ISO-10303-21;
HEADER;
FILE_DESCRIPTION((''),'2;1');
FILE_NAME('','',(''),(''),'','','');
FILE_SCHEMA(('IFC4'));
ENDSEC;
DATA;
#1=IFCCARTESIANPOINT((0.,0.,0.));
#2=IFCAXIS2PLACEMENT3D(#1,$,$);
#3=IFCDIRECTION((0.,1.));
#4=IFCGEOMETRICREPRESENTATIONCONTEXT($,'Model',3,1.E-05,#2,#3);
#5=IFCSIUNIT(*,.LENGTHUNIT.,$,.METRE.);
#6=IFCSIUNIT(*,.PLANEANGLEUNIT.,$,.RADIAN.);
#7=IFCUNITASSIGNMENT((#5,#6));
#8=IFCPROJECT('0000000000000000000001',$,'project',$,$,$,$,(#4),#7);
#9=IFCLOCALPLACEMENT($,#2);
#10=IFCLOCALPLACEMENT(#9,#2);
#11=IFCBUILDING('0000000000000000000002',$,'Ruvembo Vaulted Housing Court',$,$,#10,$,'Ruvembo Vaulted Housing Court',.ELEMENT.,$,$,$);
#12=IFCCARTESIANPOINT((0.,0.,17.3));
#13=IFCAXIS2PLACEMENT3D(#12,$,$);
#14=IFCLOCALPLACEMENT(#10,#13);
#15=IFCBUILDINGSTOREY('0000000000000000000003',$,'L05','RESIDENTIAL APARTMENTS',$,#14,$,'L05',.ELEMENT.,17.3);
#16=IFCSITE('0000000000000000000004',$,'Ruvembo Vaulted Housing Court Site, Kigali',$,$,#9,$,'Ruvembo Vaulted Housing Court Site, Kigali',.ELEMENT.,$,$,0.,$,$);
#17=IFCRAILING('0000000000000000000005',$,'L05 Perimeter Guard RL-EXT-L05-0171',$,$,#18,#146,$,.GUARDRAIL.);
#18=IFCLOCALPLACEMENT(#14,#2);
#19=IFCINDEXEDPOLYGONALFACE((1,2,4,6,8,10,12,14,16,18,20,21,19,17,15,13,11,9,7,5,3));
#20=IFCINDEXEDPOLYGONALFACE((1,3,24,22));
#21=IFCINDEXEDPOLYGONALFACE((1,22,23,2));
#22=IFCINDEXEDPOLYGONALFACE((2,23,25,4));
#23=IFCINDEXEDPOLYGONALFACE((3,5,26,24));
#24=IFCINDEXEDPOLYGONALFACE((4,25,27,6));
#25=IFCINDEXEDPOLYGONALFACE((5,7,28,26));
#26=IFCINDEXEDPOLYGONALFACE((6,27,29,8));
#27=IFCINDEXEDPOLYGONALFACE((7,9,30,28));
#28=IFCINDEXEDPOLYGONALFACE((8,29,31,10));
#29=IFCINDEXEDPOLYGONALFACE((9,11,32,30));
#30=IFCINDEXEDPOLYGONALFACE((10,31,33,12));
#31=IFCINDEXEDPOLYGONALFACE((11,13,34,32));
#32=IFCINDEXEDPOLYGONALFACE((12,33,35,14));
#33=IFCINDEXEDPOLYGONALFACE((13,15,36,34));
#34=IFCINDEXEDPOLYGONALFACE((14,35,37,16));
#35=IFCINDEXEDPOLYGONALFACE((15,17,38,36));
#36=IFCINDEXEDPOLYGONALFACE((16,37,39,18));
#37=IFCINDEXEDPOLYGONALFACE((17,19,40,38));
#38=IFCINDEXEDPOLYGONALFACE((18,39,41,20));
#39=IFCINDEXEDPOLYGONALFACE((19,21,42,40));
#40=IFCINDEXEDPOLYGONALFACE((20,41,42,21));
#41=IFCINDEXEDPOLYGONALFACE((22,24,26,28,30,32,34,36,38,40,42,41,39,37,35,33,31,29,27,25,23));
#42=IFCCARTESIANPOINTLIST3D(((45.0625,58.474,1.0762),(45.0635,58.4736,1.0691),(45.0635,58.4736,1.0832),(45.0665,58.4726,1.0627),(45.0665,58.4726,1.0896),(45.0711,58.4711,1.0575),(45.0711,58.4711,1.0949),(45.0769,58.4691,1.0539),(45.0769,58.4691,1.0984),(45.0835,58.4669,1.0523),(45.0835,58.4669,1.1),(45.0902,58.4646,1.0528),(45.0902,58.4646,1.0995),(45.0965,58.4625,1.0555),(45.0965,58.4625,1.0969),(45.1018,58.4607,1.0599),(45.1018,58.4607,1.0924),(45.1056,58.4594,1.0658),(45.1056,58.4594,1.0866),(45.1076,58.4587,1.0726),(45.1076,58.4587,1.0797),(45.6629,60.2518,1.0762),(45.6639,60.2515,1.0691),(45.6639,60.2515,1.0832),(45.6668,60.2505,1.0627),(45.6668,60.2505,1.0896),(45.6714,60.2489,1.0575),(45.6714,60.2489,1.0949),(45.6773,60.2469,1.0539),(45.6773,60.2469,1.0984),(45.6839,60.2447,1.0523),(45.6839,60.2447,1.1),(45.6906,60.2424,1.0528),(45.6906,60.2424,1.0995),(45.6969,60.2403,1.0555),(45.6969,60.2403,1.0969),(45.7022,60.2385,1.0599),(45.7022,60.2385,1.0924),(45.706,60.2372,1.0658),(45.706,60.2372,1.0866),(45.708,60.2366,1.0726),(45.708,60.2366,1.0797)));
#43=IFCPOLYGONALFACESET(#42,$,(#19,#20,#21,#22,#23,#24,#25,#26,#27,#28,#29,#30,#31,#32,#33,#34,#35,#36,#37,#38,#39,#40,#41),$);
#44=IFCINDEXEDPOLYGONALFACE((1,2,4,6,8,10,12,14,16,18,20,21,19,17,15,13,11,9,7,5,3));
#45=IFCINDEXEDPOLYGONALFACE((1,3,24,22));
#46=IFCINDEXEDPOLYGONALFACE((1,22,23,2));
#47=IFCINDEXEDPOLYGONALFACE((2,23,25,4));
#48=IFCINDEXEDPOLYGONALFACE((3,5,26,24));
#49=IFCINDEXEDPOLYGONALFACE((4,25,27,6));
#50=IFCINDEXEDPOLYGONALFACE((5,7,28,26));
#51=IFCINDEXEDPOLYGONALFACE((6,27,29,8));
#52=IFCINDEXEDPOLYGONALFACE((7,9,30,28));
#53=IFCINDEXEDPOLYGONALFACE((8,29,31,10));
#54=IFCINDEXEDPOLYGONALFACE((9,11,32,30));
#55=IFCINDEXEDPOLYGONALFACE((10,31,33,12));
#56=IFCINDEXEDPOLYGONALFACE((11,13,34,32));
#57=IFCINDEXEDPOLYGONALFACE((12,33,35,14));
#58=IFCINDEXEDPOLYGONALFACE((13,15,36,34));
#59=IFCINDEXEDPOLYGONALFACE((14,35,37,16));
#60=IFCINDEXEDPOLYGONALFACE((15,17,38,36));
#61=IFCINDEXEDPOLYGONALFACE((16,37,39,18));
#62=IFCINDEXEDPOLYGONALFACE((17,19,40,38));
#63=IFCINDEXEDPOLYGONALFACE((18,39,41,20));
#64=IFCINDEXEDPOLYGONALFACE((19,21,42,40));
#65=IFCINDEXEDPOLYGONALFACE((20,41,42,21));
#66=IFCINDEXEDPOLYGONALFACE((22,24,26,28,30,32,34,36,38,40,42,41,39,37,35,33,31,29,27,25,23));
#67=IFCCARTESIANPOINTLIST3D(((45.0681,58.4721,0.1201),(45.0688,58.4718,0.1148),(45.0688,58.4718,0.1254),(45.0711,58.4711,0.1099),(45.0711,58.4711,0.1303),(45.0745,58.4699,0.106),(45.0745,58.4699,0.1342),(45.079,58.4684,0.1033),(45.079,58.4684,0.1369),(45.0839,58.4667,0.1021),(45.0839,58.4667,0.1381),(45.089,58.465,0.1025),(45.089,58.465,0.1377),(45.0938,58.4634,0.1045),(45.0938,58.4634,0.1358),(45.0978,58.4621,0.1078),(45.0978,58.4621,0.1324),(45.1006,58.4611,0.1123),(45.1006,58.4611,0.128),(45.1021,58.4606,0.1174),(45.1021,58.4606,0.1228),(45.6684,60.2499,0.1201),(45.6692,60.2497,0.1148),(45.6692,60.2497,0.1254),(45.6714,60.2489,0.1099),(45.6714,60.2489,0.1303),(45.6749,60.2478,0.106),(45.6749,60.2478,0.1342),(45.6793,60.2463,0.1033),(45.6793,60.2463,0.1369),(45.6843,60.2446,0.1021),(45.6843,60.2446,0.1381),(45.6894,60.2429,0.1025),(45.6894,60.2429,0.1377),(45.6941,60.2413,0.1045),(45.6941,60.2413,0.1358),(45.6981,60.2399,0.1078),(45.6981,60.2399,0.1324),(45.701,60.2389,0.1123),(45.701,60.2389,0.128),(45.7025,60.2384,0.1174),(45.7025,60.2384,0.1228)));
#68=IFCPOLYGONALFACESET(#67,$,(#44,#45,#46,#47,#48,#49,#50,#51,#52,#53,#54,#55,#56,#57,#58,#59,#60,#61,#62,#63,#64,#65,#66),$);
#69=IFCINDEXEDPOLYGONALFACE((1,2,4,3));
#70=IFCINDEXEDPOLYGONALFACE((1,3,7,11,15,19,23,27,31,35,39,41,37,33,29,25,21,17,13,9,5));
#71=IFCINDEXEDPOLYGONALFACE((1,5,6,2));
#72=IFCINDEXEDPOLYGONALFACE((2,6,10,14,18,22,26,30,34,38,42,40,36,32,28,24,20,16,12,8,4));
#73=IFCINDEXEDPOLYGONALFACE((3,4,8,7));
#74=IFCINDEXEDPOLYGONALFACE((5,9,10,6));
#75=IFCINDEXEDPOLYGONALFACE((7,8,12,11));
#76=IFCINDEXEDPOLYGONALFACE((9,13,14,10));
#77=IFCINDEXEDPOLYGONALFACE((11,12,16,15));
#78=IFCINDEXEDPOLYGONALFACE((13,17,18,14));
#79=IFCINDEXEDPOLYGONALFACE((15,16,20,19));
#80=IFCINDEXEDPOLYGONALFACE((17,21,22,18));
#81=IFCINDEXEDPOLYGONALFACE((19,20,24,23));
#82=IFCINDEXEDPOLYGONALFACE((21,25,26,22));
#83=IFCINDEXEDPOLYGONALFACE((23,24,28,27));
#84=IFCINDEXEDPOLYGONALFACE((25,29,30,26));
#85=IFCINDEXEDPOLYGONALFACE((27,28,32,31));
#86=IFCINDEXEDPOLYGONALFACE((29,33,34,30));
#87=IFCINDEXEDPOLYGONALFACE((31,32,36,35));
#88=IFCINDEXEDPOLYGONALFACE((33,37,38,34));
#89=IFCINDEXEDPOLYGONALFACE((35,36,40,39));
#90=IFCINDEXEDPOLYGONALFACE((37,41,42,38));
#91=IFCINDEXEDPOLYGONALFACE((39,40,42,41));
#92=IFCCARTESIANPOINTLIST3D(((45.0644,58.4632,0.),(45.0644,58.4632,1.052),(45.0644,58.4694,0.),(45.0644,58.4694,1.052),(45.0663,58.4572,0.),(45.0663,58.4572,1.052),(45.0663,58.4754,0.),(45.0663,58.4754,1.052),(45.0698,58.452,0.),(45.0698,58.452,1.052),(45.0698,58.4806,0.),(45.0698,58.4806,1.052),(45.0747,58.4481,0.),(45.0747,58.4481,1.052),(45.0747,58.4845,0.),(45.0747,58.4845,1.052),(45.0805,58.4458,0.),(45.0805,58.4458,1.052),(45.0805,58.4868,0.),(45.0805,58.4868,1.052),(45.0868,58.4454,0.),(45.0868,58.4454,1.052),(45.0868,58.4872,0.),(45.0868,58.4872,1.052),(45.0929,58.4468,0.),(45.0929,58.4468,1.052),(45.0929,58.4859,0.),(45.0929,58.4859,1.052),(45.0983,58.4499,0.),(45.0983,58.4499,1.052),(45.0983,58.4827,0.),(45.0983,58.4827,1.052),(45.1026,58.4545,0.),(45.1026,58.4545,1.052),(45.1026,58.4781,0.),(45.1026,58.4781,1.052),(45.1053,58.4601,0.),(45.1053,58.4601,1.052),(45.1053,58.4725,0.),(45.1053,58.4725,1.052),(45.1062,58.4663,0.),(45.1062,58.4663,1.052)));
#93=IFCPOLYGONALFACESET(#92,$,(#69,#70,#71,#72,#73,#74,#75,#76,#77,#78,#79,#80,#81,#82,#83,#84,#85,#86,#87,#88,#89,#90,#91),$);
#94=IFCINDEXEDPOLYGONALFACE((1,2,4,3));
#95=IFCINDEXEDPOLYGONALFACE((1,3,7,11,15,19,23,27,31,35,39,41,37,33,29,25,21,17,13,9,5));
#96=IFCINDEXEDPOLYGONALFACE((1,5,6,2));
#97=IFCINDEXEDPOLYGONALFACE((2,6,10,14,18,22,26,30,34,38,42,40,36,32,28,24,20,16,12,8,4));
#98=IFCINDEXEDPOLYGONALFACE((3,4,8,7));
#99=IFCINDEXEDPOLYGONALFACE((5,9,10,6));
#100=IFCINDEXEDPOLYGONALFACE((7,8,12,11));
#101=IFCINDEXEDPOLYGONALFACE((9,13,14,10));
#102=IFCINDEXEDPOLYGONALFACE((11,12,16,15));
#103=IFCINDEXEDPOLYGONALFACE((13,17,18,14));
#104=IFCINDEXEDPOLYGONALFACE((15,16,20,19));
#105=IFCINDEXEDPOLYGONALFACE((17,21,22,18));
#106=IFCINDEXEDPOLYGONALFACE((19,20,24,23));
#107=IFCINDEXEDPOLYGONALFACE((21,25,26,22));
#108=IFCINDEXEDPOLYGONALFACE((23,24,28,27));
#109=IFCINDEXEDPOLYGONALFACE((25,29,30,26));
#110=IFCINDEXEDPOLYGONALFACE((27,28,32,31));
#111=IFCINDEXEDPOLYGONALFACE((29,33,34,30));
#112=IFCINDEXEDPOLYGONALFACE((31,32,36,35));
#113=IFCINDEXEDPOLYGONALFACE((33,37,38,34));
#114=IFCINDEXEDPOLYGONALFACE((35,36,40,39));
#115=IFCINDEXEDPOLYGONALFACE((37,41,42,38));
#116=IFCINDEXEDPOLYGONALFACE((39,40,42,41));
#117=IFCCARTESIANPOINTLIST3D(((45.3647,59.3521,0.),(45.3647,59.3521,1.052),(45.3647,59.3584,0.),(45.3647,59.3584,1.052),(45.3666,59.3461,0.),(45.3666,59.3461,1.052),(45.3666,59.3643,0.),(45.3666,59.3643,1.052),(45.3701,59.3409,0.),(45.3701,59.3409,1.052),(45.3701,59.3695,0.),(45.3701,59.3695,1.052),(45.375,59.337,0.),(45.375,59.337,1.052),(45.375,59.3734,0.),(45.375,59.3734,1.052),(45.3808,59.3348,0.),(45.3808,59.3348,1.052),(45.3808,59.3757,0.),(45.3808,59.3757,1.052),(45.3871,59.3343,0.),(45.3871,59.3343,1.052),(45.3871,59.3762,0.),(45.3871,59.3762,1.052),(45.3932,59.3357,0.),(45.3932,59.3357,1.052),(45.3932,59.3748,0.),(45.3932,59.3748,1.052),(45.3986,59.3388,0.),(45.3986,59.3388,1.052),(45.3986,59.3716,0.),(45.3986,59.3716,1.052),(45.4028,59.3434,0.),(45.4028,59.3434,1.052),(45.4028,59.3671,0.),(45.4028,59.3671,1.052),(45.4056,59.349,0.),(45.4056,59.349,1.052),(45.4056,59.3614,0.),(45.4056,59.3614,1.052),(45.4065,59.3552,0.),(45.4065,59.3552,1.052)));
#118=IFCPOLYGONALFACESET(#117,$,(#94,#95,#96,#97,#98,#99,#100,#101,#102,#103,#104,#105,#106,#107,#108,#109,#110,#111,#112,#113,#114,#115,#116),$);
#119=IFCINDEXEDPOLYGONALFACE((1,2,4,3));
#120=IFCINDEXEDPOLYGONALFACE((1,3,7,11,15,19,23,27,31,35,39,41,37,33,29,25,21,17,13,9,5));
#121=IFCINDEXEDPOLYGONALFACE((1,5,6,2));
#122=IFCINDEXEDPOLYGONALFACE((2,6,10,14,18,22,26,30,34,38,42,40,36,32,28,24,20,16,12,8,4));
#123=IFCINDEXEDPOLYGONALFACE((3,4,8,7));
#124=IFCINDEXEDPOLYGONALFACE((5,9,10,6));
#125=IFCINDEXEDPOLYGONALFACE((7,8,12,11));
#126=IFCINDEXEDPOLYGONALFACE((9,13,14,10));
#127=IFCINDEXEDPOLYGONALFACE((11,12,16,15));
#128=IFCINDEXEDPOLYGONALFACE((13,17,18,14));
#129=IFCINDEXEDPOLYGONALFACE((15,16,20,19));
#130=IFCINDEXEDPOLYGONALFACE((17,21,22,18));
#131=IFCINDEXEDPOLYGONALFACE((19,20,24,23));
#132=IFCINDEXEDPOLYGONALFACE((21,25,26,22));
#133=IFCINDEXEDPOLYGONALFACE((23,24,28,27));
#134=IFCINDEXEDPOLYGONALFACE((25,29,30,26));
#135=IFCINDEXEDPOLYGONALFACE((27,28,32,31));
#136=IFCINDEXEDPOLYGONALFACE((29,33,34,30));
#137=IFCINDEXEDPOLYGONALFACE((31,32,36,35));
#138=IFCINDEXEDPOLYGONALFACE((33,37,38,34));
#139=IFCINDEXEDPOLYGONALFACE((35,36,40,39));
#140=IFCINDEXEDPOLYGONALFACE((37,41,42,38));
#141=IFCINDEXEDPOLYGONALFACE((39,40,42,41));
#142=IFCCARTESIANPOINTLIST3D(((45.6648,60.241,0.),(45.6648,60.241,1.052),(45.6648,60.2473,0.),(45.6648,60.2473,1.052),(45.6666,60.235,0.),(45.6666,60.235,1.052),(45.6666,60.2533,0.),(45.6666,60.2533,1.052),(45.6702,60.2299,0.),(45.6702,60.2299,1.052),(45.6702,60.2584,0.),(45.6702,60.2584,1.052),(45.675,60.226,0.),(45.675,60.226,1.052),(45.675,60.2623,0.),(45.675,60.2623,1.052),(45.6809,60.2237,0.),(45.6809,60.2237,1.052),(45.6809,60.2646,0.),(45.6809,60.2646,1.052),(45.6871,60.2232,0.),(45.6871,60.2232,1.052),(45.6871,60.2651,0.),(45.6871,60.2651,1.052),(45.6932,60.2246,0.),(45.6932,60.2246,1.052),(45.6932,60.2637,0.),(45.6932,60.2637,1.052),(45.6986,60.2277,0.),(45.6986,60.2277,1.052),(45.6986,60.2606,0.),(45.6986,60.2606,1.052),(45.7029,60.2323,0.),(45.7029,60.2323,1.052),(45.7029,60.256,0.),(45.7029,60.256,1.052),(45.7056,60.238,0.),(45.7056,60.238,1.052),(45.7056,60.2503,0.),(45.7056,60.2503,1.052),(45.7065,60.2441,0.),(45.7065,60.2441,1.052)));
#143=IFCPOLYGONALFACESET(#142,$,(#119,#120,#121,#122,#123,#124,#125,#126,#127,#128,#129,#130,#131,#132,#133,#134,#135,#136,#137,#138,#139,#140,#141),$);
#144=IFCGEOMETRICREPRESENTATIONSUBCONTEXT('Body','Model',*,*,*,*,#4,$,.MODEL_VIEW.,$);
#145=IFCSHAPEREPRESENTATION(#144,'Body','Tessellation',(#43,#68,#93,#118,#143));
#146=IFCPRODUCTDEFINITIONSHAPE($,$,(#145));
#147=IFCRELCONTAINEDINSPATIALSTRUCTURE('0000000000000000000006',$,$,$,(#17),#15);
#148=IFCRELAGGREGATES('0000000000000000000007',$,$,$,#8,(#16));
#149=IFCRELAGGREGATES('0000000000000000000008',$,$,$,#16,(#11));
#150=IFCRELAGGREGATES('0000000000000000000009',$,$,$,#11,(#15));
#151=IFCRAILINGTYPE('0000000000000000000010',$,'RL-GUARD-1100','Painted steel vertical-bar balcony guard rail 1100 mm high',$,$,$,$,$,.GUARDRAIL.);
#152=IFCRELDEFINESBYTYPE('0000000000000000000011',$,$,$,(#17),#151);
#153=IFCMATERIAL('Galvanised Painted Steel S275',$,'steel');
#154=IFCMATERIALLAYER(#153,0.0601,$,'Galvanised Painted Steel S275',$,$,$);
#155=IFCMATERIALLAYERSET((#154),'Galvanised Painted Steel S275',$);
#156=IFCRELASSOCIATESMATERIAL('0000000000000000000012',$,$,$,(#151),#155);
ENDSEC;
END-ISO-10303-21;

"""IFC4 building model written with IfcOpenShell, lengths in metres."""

from ifc_helpers import new_model, si_unit, direction, frame, origin, origin_2d, place, context, subcontext, project, spatial, circle, extrude, material, layer, layer_set, type_object, element, save


model = new_model("IFC4")

# Units and contexts
model_context = context("Model", 3, precision=1e-05, world=origin(), true_north=direction((0.0, 1.0)))
body_context = subcontext(model_context, "Body", "Model", "MODEL_VIEW")
ifc_project = project(units=[si_unit("LENGTHUNIT", "METRE"), si_unit("PLANEANGLEUNIT", "RADIAN")], contexts=[model_context])

# Site, building, storey
site_placement = place(None, origin())
site = spatial("IfcSite", under=ifc_project, at=site_placement, Name="Ruvembo Vaulted Housing Court Site, Kigali", LongName="Ruvembo Vaulted Housing Court Site, Kigali", CompositionType="ELEMENT", RefElevation=0.0)
building_placement = place(site_placement, origin())
building = spatial("IfcBuilding", under=site, at=building_placement, Name="Ruvembo Vaulted Housing Court", LongName="Ruvembo Vaulted Housing Court", CompositionType="ELEMENT")
storey_placement = place(building_placement, frame((0.0, 0.0, 17.3)))
storey = spatial("IfcBuildingStorey", under=building, at=storey_placement, Name="L05", Description="RESIDENTIAL APARTMENTS", LongName="L05", CompositionType="ELEMENT", Elevation=17.3)

# Railing
ifc_material_1 = material(Name="Galvanised Painted Steel S275", Category="steel")
ifc_layer = layer(ifc_material_1, 0.0601, Name="Galvanised Painted Steel S275")
ifc_layer_set = layer_set([ifc_layer], Name="Galvanised Painted Steel S275")
railing_type = type_object("IfcRailingType", Name="RL-GUARD-1100", Description="Painted steel vertical-bar balcony guard rail 1100 mm high", PredefinedType="GUARDRAIL", material=ifc_layer_set)
railing_1_placement = place(storey_placement, frame((45.0852, 58.4663, 0.0)))
element("IfcRailing", 1, at=railing_1_placement, inside=storey, type_object=railing_type, Name="L05 Perimeter Guard RL-EXT-L05-0171", PredefinedType="GUARDRAIL", context=body_context, shape_type="SweptSolid", body=[
    extrude(circle(Radius=0.0239, at=origin_2d()), frame((0.0, 0.0, 1.0762), z_axis=(0.319933, 0.94744, 0.0), x_axis=(-0.94744, 0.319933, 0.0)), (0.0, 0.0, 1.0), 1.8765),
    extrude(circle(Radius=0.0181, at=origin_2d()), frame((0.0, 0.0, 0.1201), z_axis=(0.319933, 0.94744, 0.0), x_axis=(-0.94744, 0.319933, 0.0)), (0.0, 0.0, 1.0), 1.8765),
    extrude(circle(Radius=0.021, at=origin_2d()), origin(), (0.0, 0.0, 1.0), 1.052),
    extrude(circle(Radius=0.021, at=origin_2d()), frame((0.3003, 0.8889, 0.0)), (0.0, 0.0, 1.0), 1.052),
    extrude(circle(Radius=0.021, at=origin_2d()), frame((0.6003, 1.7778, 0.0)), (0.0, 0.0, 1.0), 1.052),
])

save(model, "model.ifc")
